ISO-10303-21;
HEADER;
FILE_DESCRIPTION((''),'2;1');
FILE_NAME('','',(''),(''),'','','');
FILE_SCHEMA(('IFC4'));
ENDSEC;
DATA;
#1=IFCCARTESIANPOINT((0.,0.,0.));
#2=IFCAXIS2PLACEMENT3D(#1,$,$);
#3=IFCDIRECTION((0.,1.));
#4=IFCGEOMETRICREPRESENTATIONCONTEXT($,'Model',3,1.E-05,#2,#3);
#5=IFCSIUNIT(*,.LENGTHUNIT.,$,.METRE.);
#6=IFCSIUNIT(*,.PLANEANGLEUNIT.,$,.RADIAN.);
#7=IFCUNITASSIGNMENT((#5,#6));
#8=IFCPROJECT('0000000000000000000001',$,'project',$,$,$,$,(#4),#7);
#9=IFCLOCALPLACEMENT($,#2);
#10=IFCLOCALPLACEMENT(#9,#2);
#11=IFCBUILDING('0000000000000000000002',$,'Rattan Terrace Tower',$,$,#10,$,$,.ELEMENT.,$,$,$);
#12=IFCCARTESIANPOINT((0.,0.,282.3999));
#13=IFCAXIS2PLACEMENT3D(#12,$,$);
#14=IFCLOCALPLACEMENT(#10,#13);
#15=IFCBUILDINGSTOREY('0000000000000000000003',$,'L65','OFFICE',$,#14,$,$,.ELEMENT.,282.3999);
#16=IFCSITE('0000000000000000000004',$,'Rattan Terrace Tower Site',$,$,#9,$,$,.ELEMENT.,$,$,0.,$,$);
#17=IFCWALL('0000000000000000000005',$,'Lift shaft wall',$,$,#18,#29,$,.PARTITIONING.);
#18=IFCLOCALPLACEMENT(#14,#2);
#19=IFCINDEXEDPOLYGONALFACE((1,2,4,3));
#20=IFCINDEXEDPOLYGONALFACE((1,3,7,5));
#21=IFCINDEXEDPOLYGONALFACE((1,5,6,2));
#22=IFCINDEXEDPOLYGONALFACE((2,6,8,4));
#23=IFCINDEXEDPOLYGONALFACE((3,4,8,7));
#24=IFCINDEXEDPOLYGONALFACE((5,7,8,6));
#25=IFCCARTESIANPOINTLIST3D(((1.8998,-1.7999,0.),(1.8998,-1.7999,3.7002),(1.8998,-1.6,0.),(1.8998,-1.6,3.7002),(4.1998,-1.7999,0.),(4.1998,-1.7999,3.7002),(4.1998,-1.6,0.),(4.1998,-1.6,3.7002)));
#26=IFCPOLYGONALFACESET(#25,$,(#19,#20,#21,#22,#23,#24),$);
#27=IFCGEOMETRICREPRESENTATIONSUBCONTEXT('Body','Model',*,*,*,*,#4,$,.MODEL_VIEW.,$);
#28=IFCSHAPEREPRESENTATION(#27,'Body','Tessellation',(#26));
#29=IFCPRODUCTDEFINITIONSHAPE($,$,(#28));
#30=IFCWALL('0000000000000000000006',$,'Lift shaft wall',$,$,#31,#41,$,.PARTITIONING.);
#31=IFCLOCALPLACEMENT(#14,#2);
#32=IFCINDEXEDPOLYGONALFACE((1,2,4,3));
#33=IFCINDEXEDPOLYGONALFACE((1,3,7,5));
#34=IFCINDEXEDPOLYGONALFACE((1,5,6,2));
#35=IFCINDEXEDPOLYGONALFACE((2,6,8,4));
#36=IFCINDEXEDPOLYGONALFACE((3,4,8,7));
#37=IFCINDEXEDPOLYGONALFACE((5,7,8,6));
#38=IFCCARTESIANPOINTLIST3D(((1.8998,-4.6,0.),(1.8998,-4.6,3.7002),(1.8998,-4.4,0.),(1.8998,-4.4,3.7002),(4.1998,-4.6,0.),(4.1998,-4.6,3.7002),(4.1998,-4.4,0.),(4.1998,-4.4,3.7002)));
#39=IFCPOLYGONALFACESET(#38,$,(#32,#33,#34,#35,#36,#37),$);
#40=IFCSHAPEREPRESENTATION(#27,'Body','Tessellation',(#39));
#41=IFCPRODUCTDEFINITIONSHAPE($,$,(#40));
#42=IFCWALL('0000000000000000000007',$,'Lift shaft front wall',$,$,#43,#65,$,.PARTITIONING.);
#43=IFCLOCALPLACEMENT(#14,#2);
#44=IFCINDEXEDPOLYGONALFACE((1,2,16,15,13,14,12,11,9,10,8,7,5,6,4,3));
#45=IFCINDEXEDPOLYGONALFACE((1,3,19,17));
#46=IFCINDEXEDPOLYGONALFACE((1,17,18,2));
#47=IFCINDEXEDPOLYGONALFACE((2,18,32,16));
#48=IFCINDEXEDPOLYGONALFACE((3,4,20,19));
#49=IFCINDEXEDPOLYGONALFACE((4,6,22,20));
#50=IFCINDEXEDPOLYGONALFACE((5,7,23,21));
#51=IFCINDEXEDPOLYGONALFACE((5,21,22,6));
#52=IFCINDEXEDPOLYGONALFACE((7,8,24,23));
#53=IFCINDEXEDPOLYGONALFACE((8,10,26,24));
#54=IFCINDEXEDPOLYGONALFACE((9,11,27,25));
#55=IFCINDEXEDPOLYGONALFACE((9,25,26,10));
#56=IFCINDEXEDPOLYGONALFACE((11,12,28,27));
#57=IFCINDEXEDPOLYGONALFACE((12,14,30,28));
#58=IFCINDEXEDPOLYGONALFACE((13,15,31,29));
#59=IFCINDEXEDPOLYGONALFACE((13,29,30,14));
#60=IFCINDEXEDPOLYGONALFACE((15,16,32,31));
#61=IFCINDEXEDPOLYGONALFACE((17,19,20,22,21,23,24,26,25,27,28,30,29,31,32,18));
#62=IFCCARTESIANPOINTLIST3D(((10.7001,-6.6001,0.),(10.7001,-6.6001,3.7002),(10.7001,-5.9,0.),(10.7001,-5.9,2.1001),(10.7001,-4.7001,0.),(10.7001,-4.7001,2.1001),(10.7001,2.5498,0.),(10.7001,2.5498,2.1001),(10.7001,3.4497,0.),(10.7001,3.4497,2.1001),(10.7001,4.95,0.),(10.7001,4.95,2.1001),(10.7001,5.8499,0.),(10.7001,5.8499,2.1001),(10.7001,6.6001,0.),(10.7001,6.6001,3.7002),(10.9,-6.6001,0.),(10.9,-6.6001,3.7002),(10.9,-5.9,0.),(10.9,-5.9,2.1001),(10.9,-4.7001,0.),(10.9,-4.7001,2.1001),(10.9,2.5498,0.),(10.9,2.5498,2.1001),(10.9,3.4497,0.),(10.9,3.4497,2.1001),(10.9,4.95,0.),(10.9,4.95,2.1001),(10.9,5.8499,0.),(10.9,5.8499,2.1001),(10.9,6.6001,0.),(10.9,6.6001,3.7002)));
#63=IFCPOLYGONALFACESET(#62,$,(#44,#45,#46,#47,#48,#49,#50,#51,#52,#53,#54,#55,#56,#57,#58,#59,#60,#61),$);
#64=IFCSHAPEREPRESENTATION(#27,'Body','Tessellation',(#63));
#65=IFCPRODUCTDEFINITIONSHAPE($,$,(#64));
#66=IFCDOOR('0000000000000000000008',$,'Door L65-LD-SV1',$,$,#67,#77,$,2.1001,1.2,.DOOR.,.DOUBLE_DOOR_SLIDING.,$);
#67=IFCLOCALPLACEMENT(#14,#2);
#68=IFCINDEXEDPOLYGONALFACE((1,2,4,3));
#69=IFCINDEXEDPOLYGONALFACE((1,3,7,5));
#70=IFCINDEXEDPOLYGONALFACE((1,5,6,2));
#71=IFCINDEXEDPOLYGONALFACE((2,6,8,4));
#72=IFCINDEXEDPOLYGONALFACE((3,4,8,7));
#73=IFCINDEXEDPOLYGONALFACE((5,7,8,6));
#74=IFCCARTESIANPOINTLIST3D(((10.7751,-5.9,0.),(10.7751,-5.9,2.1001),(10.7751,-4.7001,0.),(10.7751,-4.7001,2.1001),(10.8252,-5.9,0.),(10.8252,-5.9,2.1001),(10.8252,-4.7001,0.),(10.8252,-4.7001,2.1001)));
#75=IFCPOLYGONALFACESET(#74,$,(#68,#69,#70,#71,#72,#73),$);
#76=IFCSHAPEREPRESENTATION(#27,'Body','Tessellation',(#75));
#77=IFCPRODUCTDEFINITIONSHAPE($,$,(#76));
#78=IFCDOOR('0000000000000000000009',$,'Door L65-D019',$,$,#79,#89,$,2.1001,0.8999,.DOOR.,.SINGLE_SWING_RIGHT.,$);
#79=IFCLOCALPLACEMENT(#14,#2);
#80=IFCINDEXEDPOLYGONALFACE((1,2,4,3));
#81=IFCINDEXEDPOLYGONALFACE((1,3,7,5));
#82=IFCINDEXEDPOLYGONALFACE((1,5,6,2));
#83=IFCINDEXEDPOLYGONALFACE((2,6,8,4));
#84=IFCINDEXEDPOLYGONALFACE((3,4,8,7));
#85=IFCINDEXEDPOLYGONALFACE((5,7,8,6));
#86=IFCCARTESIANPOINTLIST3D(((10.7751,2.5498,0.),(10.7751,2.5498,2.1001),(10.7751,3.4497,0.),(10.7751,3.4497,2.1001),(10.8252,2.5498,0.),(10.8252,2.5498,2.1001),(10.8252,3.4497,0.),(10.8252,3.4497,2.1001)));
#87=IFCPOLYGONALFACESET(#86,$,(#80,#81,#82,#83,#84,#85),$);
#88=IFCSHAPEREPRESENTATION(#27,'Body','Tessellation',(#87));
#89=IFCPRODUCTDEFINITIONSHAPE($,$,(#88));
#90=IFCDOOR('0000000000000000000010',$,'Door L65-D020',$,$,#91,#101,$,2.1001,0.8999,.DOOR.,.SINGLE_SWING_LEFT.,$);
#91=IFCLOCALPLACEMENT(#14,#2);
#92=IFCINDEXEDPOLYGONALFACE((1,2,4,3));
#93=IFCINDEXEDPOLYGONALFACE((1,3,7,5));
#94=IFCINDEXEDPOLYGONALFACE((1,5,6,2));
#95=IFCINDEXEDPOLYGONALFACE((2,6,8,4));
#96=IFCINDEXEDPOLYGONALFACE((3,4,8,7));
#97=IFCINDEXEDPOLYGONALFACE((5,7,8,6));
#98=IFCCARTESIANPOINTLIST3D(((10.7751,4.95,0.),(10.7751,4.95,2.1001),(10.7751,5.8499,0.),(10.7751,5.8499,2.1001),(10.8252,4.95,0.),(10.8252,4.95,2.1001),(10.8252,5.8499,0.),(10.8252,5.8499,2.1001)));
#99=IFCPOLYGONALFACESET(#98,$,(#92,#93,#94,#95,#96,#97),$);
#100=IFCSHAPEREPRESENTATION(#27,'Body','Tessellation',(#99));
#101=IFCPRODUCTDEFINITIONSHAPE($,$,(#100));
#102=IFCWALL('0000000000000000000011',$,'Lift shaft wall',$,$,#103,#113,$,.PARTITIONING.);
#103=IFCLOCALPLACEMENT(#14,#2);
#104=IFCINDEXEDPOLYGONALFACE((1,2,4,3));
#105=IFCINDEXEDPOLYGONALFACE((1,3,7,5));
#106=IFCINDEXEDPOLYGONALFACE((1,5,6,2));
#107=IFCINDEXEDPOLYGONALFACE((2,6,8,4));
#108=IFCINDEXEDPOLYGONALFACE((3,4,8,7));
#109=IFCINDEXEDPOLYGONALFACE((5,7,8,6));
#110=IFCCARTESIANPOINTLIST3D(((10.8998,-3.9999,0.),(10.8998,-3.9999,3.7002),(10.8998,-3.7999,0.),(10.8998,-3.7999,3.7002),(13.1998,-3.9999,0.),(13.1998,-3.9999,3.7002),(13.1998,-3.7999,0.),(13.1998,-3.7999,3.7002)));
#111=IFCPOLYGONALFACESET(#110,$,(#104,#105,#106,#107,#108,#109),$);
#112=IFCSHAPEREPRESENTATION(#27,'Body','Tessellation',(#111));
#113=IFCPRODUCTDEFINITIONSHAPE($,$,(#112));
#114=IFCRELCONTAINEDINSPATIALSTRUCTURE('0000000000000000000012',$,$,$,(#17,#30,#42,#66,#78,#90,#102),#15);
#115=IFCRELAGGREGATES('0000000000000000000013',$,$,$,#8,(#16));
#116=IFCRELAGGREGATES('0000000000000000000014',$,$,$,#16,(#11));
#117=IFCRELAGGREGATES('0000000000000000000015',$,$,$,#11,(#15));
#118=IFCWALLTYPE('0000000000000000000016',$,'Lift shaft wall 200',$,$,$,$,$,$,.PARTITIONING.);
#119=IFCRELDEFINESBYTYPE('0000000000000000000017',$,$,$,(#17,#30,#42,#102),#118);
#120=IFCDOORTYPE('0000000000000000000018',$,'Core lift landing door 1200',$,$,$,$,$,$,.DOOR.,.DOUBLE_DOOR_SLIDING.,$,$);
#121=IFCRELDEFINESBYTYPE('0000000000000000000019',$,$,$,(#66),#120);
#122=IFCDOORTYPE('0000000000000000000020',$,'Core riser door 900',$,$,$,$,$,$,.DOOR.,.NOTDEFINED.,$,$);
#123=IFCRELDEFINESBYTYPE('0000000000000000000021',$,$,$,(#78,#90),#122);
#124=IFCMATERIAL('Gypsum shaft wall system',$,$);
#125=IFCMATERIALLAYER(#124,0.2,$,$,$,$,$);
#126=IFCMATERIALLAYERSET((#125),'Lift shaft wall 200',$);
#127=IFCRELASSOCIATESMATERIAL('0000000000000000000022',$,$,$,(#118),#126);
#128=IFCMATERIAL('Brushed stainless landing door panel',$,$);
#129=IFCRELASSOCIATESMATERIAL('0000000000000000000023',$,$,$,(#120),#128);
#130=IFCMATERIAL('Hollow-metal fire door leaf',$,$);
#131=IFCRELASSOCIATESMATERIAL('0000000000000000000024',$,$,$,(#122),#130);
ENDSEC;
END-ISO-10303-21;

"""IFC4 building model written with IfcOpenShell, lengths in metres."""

from ifc_helpers import new_model, si_unit, direction, frame, frame_2d, origin, place, context, subcontext, project, spatial, rectangle, extrude, material, layer, layer_set, type_object, element, fill, save


model = new_model("IFC4")

# Units and contexts
model_context = context("Model", 3, precision=1e-05, world=origin(), true_north=direction((0.0, 1.0)))
body_context = subcontext(model_context, "Body", "Model", "MODEL_VIEW")
ifc_project = project(units=[si_unit("LENGTHUNIT", "METRE"), si_unit("PLANEANGLEUNIT", "RADIAN")], contexts=[model_context])

# Site, building, storey
site_placement = place(None, origin())
site = spatial("IfcSite", under=ifc_project, at=site_placement, Name="Rattan Terrace Tower Site", CompositionType="ELEMENT", RefElevation=0.0)
building_placement = place(site_placement, origin())
building = spatial("IfcBuilding", under=site, at=building_placement, Name="Rattan Terrace Tower", CompositionType="ELEMENT")
storey_placement = place(building_placement, frame((0.0, 0.0, 282.3999)))
storey = spatial("IfcBuildingStorey", under=building, at=storey_placement, Name="L65", Description="OFFICE", CompositionType="ELEMENT", Elevation=282.3999)

# Walls
ifc_material_1 = material(Name="Gypsum shaft wall system")
ifc_layer_1 = layer(ifc_material_1, 0.2)
ifc_layer_set_1 = layer_set([ifc_layer_1], Name="Lift shaft wall 200")
wall_type_1 = type_object("IfcWallType", Name="Lift shaft wall 200", PredefinedType="PARTITIONING", material=ifc_layer_set_1)
for number, where, z_axis, x_axis, name in (
    (1, (1.8999, -1.7, 0.0), (0.0, 0.0, 1.0), (1.0, 0.0, 0.0), "Lift shaft wall"),
    (2, (1.8999, -4.5, 0.0), (0.0, 0.0, 1.0), (1.0, 0.0, 0.0), "Lift shaft wall"),
):
    element("IfcWall", number, at=place(storey_placement, frame(where, z_axis=z_axis, x_axis=x_axis)), inside=storey, type_object=wall_type_1, Name=name, PredefinedType="PARTITIONING", context=body_context, shape_type="SweptSolid", body=[
        extrude(rectangle(XDim=2.3, YDim=0.2, at=frame_2d((1.1499, 0.0))), origin(), (0.0, 0.0, 1.0), 3.7002),
    ])

# Wall, openings, doors
wall_1_placement = place(storey_placement, frame((10.8, -6.6001, 0.0), z_axis=(0.0, 0.0, 1.0), x_axis=(0.0, 1.0, 0.0)))
wall_1 = element("IfcWall", 3, at=wall_1_placement, inside=storey, type_object=wall_type_1, Name="Lift shaft front wall", PredefinedType="PARTITIONING", context=body_context, shape_type="SweptSolid", body=[
    extrude(rectangle(XDim=13.2002, YDim=0.2, at=frame_2d((6.6001, 0.0))), origin(), (0.0, 0.0, 1.0), 3.7002),
])
opening_1_placement = place(wall_1_placement, frame((0.7, 0.0, 0.0)))
opening_1 = element("IfcOpeningElement", 4, at=opening_1_placement, cuts=wall_1, PredefinedType="OPENING", context=body_context, shape_type="SweptSolid", body=[
    extrude(rectangle(XDim=1.2, YDim=2.1001, at=frame_2d((0.6001, 1.05))), frame((0.0, 0.1106, 0.0), z_axis=(0.0, -1.0, 0.0), x_axis=(1.0, 0.0, 0.0)), (0.0, 0.0, 1.0), 0.2209),
])
opening_2_placement = place(wall_1_placement, frame((9.1499, 0.0, 0.0)))
opening_2 = element("IfcOpeningElement", 5, at=opening_2_placement, cuts=wall_1, PredefinedType="OPENING", context=body_context, shape_type="SweptSolid", body=[
    extrude(rectangle(XDim=0.8999, YDim=2.1001, at=frame_2d((0.45, 1.05))), frame((0.0, 0.1106, 0.0), z_axis=(0.0, -1.0, 0.0), x_axis=(1.0, 0.0, 0.0)), (0.0, 0.0, 1.0), 0.2209),
])
opening_3_placement = place(wall_1_placement, frame((11.55, 0.0, 0.0)))
opening_3 = element("IfcOpeningElement", 6, at=opening_3_placement, cuts=wall_1, PredefinedType="OPENING", context=body_context, shape_type="SweptSolid", body=[
    extrude(rectangle(XDim=0.8999, YDim=2.1001, at=frame_2d((0.45, 1.05))), frame((0.0, 0.1106, 0.0), z_axis=(0.0, -1.0, 0.0), x_axis=(1.0, 0.0, 0.0)), (0.0, 0.0, 1.0), 0.2209),
])
ifc_material_2 = material(Name="Brushed stainless landing door panel")
door_type_1 = type_object("IfcDoorType", Name="Core lift landing door 1200", OperationType="DOUBLE_DOOR_SLIDING", PredefinedType="DOOR", material=ifc_material_2)
door_1_placement = place(opening_1_placement, origin())
door_1 = element("IfcDoor", 7, at=door_1_placement, inside=storey, type_object=door_type_1, Name="Door L65-LD-SV1", OperationType="DOUBLE_DOOR_SLIDING", OverallHeight=2.1001, OverallWidth=1.2, PredefinedType="DOOR", context=body_context, shape_type="SweptSolid", body=[
    extrude(rectangle(XDim=1.2, YDim=2.1001, at=frame_2d((0.6001, 1.05))), frame((0.0, 0.0249, 0.0), z_axis=(0.0, -1.0, 0.0), x_axis=(1.0, 0.0, 0.0)), (0.0, 0.0, 1.0), 0.05),
])
fill(opening_1, door_1)
ifc_material_3 = material(Name="Hollow-metal fire door leaf")
door_type_2 = type_object("IfcDoorType", Name="Core riser door 900", OperationType="NOTDEFINED", PredefinedType="DOOR", material=ifc_material_3)
door_2_placement = place(opening_2_placement, origin())
door_2 = element("IfcDoor", 8, at=door_2_placement, inside=storey, type_object=door_type_2, Name="Door L65-D019", OperationType="SINGLE_SWING_RIGHT", OverallHeight=2.1001, OverallWidth=0.8999, PredefinedType="DOOR", context=body_context, shape_type="SweptSolid", body=[
    extrude(rectangle(XDim=0.8999, YDim=2.1001, at=frame_2d((0.45, 1.05))), frame((0.0, 0.0249, 0.0), z_axis=(0.0, -1.0, 0.0), x_axis=(1.0, 0.0, 0.0)), (0.0, 0.0, 1.0), 0.05),
])
fill(opening_2, door_2)
door_3_placement = place(opening_3_placement, origin())
door_3 = element("IfcDoor", 9, at=door_3_placement, inside=storey, type_object=door_type_2, Name="Door L65-D020", OperationType="SINGLE_SWING_LEFT", OverallHeight=2.1001, OverallWidth=0.8999, PredefinedType="DOOR", context=body_context, shape_type="SweptSolid", body=[
    extrude(rectangle(XDim=0.8999, YDim=2.1001, at=frame_2d((0.45, 1.05))), frame((0.0, 0.0249, 0.0), z_axis=(0.0, -1.0, 0.0), x_axis=(1.0, 0.0, 0.0)), (0.0, 0.0, 1.0), 0.05),
])
fill(opening_3, door_3)

# Wall
wall_2_placement = place(storey_placement, frame((10.8999, -3.8999, 0.0), z_axis=(0.0, 0.0, 1.0), x_axis=(1.0, 0.0, 0.0)))
element("IfcWall", 10, at=wall_2_placement, inside=storey, type_object=wall_type_1, Name="Lift shaft wall", PredefinedType="PARTITIONING", context=body_context, shape_type="SweptSolid", body=[
    extrude(rectangle(XDim=2.3, YDim=0.2, at=frame_2d((1.1499, 0.0))), origin(), (0.0, 0.0, 1.0), 3.7002),
])

save(model, "model.ifc")
